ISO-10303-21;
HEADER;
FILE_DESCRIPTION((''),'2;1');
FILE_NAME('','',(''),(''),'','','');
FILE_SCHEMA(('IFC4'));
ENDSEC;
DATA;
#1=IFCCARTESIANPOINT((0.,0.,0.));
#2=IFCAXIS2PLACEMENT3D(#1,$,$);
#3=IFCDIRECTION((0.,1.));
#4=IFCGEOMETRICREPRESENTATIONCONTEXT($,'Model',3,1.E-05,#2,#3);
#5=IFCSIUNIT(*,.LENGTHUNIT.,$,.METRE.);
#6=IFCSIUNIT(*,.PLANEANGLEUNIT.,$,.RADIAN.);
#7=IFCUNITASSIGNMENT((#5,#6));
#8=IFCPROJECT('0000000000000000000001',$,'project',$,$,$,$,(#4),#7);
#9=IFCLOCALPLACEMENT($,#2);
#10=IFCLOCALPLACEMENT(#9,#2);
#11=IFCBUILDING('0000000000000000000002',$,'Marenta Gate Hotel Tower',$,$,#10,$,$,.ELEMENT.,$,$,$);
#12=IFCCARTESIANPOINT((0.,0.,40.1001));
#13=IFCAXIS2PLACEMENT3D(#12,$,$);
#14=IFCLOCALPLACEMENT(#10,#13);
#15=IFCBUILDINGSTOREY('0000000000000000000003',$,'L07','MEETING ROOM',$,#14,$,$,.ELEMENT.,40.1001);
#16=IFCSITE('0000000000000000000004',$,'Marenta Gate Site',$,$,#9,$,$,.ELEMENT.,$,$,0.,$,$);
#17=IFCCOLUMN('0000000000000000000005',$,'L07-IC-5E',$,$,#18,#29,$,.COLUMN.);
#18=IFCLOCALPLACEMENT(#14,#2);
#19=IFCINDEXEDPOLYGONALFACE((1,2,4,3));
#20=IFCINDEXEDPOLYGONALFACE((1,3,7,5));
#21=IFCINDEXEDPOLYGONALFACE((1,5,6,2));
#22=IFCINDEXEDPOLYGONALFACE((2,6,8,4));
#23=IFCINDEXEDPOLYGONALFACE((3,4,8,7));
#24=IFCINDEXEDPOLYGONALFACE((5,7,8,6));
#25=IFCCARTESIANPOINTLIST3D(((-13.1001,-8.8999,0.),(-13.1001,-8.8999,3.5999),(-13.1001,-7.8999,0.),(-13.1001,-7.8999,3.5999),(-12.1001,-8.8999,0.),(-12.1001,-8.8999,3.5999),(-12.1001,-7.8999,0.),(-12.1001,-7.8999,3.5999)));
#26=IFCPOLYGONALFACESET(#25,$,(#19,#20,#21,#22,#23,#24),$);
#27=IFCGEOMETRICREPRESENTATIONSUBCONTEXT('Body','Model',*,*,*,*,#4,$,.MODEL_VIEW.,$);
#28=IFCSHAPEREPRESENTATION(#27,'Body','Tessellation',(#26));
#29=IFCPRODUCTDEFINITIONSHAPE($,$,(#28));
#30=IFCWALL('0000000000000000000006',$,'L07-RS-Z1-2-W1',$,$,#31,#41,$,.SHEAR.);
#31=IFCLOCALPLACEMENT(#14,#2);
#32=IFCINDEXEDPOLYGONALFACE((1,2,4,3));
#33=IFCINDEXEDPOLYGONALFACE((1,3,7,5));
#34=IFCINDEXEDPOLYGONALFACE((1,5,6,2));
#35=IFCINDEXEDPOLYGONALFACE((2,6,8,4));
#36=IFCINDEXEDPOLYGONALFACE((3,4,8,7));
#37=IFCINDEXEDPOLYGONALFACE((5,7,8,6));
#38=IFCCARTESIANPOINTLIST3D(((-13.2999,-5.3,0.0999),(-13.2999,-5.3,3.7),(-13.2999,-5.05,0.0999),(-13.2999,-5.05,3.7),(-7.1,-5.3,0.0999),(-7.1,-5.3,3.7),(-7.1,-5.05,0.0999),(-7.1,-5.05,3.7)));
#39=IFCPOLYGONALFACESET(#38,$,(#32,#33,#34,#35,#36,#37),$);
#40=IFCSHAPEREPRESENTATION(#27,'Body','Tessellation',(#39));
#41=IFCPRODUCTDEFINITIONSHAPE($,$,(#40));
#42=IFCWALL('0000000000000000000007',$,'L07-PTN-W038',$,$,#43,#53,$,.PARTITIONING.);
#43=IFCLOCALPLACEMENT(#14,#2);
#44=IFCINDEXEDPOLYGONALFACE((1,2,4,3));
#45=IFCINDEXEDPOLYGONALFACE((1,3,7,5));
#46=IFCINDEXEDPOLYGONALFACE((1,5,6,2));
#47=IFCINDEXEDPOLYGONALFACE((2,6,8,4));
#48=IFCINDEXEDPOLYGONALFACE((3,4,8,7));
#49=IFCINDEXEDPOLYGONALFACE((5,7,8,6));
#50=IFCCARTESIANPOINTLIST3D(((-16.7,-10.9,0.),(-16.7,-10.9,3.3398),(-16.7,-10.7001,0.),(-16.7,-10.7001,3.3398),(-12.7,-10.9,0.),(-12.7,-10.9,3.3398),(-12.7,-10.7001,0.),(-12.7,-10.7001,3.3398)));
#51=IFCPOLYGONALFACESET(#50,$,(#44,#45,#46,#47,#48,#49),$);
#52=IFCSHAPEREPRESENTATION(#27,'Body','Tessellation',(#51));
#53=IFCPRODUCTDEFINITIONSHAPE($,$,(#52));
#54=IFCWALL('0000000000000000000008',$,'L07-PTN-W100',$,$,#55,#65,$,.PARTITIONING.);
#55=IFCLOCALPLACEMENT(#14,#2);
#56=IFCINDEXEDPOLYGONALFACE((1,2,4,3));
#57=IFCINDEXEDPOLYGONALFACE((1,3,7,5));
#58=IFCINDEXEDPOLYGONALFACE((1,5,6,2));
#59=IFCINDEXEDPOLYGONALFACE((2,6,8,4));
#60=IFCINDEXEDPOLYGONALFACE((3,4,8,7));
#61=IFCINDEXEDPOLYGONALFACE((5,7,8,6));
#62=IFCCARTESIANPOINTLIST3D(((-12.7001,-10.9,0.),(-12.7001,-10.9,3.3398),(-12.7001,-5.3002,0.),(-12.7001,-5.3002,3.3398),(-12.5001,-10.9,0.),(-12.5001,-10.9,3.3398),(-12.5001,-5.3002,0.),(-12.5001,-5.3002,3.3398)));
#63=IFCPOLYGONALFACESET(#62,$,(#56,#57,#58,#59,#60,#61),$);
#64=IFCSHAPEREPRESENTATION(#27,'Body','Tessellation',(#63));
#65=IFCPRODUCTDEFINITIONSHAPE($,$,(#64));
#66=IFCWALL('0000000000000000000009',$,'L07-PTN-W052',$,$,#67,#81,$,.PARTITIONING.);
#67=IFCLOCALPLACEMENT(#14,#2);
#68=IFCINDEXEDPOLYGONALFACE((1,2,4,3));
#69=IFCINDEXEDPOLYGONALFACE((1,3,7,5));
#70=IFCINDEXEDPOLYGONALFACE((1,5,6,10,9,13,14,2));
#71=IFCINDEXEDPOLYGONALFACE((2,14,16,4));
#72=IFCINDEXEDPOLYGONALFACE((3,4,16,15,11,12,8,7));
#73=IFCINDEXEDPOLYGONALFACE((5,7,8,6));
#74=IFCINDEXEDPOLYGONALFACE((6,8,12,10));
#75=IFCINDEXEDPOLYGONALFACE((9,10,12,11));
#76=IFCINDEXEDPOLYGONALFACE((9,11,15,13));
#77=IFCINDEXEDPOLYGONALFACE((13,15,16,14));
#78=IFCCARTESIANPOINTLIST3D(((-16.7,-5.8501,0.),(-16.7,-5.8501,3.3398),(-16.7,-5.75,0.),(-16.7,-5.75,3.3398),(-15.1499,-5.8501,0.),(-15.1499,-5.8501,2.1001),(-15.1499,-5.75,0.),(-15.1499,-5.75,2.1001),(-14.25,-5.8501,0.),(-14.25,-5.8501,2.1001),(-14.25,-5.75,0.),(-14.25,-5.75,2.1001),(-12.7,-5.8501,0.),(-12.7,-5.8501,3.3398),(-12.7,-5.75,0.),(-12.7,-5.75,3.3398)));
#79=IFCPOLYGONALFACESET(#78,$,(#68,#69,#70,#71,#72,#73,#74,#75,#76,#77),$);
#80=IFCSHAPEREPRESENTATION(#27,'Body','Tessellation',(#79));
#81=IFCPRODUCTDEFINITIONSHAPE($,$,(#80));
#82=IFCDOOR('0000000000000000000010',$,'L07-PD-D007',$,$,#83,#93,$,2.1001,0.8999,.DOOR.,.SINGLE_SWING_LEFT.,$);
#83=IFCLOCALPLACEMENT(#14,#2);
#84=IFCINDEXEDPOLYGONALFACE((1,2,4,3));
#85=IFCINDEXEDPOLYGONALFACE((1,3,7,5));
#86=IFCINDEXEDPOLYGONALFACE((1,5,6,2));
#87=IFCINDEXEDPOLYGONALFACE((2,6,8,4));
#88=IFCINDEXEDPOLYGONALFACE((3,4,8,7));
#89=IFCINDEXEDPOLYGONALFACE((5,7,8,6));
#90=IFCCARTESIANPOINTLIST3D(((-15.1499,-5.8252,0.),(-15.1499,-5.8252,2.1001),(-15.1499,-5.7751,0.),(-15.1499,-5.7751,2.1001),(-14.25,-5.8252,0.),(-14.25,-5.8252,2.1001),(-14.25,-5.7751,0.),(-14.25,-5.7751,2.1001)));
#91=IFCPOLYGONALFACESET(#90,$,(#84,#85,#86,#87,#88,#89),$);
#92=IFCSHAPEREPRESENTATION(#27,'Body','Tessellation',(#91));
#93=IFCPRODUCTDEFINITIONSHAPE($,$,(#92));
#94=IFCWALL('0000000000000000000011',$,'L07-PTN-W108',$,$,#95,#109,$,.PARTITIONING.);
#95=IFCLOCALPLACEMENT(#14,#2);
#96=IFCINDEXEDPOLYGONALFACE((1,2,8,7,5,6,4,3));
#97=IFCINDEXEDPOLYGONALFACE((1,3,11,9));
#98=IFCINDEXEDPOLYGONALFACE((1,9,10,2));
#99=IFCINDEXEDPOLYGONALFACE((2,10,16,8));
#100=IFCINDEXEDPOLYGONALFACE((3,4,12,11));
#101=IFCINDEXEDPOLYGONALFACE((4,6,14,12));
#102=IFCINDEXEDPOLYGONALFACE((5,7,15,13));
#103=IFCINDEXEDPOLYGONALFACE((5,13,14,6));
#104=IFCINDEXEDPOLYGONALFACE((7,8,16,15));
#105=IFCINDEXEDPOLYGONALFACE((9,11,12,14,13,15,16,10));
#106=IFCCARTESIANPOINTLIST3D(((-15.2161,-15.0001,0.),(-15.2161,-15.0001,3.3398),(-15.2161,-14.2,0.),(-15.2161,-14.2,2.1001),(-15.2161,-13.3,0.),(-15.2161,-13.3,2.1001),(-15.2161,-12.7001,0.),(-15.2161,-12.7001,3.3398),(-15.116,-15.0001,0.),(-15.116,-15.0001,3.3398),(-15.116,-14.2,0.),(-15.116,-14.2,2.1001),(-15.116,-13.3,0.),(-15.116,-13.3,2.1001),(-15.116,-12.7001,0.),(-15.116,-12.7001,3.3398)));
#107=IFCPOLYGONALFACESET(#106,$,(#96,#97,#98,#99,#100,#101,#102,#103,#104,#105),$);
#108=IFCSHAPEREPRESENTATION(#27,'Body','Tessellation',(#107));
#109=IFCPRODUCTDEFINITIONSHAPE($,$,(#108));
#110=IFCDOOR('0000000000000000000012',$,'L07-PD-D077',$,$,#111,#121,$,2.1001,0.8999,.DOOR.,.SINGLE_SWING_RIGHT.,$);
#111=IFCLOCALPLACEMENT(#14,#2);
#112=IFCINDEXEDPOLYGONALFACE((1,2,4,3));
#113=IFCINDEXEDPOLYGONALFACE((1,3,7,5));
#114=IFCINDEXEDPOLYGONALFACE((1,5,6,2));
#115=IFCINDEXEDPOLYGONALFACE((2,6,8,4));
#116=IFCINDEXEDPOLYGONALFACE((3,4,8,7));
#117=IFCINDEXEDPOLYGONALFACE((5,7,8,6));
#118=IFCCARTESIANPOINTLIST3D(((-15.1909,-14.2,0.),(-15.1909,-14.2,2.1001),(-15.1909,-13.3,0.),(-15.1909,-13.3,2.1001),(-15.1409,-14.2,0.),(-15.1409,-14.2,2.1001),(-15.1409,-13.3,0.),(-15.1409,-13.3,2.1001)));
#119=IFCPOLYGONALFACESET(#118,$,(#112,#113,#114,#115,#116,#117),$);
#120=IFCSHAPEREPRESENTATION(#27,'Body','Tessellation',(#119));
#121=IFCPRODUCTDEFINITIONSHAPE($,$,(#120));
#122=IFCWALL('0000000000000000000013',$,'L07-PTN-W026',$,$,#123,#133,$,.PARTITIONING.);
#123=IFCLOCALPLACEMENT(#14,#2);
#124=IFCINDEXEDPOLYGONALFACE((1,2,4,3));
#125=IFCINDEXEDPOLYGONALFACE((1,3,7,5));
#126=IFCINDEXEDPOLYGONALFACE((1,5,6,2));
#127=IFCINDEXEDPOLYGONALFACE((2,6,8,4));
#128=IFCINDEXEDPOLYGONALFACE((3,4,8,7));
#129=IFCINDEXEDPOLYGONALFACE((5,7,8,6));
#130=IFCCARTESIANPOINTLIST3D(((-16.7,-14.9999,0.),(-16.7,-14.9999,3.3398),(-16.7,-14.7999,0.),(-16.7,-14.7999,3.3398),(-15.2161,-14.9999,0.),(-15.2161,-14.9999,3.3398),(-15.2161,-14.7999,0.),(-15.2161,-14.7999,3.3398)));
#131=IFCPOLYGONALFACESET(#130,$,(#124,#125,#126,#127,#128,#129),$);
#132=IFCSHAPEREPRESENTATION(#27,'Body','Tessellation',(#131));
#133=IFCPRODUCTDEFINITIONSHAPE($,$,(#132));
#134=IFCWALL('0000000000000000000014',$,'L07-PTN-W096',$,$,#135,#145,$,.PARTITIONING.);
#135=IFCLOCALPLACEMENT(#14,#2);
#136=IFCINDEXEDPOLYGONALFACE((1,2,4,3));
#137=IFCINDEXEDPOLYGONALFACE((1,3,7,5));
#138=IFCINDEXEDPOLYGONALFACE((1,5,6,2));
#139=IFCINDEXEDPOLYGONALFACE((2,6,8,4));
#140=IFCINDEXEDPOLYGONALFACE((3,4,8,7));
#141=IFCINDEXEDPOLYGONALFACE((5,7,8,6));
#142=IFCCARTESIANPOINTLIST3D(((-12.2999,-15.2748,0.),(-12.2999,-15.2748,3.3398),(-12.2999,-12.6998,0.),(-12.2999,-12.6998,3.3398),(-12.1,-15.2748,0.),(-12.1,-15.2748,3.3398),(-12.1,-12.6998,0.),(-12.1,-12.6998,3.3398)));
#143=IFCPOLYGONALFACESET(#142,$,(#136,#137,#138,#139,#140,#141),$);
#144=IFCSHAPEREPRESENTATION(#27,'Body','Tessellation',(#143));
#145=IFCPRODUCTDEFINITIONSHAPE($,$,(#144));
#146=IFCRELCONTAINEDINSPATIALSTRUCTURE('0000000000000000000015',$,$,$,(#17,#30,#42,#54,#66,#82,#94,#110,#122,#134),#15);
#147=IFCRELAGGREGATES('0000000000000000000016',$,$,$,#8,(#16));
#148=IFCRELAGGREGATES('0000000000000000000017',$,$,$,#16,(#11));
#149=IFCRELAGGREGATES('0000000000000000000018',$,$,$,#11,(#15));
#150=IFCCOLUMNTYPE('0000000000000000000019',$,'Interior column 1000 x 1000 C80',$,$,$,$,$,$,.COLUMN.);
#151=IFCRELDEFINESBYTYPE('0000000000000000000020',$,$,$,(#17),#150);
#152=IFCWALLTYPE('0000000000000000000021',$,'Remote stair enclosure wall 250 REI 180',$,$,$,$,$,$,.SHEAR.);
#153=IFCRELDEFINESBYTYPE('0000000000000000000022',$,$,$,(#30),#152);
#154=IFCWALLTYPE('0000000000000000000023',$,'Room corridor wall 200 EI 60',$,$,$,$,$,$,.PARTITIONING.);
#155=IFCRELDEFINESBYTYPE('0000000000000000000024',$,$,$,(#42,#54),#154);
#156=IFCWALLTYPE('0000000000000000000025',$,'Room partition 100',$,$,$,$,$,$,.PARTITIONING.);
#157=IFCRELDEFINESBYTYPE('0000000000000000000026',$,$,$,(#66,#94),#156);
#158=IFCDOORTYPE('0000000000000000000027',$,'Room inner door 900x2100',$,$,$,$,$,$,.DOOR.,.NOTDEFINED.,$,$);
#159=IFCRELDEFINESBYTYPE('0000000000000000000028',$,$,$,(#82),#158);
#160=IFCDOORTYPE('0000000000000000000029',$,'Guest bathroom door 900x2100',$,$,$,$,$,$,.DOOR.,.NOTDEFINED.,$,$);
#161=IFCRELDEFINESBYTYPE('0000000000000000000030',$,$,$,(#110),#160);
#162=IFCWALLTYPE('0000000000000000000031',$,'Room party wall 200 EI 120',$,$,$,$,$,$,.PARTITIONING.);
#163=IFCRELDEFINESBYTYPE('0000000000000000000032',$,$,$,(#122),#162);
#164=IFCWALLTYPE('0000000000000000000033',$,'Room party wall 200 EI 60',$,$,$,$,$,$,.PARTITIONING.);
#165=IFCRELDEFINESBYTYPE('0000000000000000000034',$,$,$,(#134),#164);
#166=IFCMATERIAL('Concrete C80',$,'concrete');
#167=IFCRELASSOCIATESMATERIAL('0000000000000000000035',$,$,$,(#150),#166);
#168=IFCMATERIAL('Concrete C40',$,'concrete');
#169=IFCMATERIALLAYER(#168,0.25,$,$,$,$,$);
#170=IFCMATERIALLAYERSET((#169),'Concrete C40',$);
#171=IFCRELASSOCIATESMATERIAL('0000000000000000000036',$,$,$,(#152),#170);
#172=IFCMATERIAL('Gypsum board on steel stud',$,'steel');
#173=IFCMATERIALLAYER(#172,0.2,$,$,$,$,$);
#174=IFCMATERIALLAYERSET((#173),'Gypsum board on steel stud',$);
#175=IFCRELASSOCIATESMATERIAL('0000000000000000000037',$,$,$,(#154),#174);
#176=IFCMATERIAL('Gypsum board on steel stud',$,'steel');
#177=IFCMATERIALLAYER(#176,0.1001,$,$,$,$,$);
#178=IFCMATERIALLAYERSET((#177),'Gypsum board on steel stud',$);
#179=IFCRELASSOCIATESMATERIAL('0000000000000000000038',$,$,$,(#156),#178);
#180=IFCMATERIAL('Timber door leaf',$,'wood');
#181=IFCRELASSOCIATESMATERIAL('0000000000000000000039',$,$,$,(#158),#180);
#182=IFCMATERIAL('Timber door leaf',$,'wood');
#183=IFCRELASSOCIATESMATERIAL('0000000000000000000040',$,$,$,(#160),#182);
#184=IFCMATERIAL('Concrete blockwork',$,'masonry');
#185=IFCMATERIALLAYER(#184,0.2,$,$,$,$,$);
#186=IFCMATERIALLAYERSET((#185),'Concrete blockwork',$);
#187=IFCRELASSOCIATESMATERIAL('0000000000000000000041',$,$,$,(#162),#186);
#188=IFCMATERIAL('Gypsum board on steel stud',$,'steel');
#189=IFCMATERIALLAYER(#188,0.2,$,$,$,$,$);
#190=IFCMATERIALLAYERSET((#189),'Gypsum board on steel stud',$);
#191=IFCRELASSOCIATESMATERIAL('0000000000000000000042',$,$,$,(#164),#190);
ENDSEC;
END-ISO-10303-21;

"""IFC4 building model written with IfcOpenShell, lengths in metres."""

from ifc_helpers import new_model, si_unit, direction, frame, frame_2d, origin, origin_2d, place, context, subcontext, project, spatial, rectangle, extrude, material, layer, layer_set, material_profile, profile_set, type_object, element, fill, save


model = new_model("IFC4")

# Units and contexts
model_context = context("Model", 3, precision=1e-05, world=origin(), true_north=direction((0.0, 1.0)))
body_context = subcontext(model_context, "Body", "Model", "MODEL_VIEW")
ifc_project = project(units=[si_unit("LENGTHUNIT", "METRE"), si_unit("PLANEANGLEUNIT", "RADIAN")], contexts=[model_context])

# Site, building, storey
site_placement = place(None, origin())
site = spatial("IfcSite", under=ifc_project, at=site_placement, Name="Marenta Gate Site", CompositionType="ELEMENT", RefElevation=0.0)
building_placement = place(site_placement, origin())
building = spatial("IfcBuilding", under=site, at=building_placement, Name="Marenta Gate Hotel Tower", CompositionType="ELEMENT")
storey_placement = place(building_placement, frame((0.0, 0.0, 40.1001)))
storey = spatial("IfcBuildingStorey", under=building, at=storey_placement, Name="L07", Description="MEETING ROOM", CompositionType="ELEMENT", Elevation=40.1001)

# Column
ifc_material_1 = material(Name="Concrete C80", Category="concrete")
ifc_material_profile = material_profile(ifc_material_1, rectangle(XDim=1.0, YDim=1.0, at=origin_2d()), Name="1000 x 1000")
ifc_profile_set = profile_set([ifc_material_profile], Name="Concrete C80")
column_type = type_object("IfcColumnType", Name="Interior column 1000 x 1000 C80", PredefinedType="COLUMN", material=ifc_profile_set)
column_placement = place(storey_placement, frame((-12.6001, -8.3999, 0.0), z_axis=(0.0, 0.0, 1.0), x_axis=(1.0, 0.0, 0.0)))
element("IfcColumn", 1, at=column_placement, inside=storey, type_object=column_type, Name="L07-IC-5E", PredefinedType="COLUMN", context=body_context, shape_type="SweptSolid", body=[
    extrude(rectangle(XDim=1.0, YDim=1.0, at=origin_2d()), origin(), (0.0, 0.0, 1.0), 3.5999),
])

# Wall
ifc_material_2 = material(Name="Concrete C40", Category="concrete")
ifc_layer_1 = layer(ifc_material_2, 0.25)
ifc_layer_set_1 = layer_set([ifc_layer_1], Name="Concrete C40")
wall_type_1 = type_object("IfcWallType", Name="Remote stair enclosure wall 250 REI 180", PredefinedType="SHEAR", material=ifc_layer_set_1)
wall_1_placement = place(storey_placement, frame((-13.3, -5.175, 0.0999), z_axis=(0.0, 0.0, 1.0), x_axis=(1.0, 0.0, 0.0)))
element("IfcWall", 2, at=wall_1_placement, inside=storey, type_object=wall_type_1, Name="L07-RS-Z1-2-W1", PredefinedType="SHEAR", context=body_context, shape_type="SweptSolid", body=[
    extrude(rectangle(XDim=6.2, YDim=0.25, at=frame_2d((3.1001, 0.0))), origin(), (0.0, 0.0, 1.0), 3.6001),
])

# Shared definitions
ifc_material_3 = material(Name="Gypsum board on steel stud", Category="steel")
ifc_layer_2 = layer(ifc_material_3, 0.2)
ifc_layer_set_2 = layer_set([ifc_layer_2], Name="Gypsum board on steel stud")
wall_type_2 = type_object("IfcWallType", Name="Room corridor wall 200 EI 60", PredefinedType="PARTITIONING", material=ifc_layer_set_2)

# Walls
wall_2_placement = place(storey_placement, frame((-16.7, -10.8, 0.0), z_axis=(0.0, 0.0, 1.0), x_axis=(1.0, 0.0, 0.0)))
element("IfcWall", 3, at=wall_2_placement, inside=storey, type_object=wall_type_2, Name="L07-PTN-W038", PredefinedType="PARTITIONING", context=body_context, shape_type="SweptSolid", body=[
    extrude(rectangle(XDim=4.0, YDim=0.2, at=frame_2d((2.0, 0.0))), origin(), (0.0, 0.0, 1.0), 3.3398),
])
wall_3_placement = place(storey_placement, frame((-12.6001, -10.8999, 0.0), z_axis=(0.0, 0.0, 1.0), x_axis=(0.0, 1.0, 0.0)))
element("IfcWall", 4, at=wall_3_placement, inside=storey, type_object=wall_type_2, Name="L07-PTN-W100", PredefinedType="PARTITIONING", context=body_context, shape_type="SweptSolid", body=[
    extrude(rectangle(XDim=5.5999, YDim=0.2, at=frame_2d((2.7998, 0.0))), origin(), (0.0, 0.0, 1.0), 3.3398),
])

# Walls, openings, doors
ifc_material_4 = material(Name="Gypsum board on steel stud", Category="steel")
ifc_layer_3 = layer(ifc_material_4, 0.1001)
ifc_layer_set_3 = layer_set([ifc_layer_3], Name="Gypsum board on steel stud")
wall_type_3 = type_object("IfcWallType", Name="Room partition 100", PredefinedType="PARTITIONING", material=ifc_layer_set_3)
wall_4_placement = place(storey_placement, frame((-16.7, -5.8, 0.0), z_axis=(0.0, 0.0, 1.0), x_axis=(1.0, 0.0, 0.0)))
wall_4 = element("IfcWall", 5, at=wall_4_placement, inside=storey, type_object=wall_type_3, Name="L07-PTN-W052", PredefinedType="PARTITIONING", context=body_context, shape_type="SweptSolid", body=[
    extrude(rectangle(XDim=4.0, YDim=0.1001, at=frame_2d((2.0, 0.0))), origin(), (0.0, 0.0, 1.0), 3.3398),
])
opening_1_placement = place(wall_4_placement, frame((1.55, 0.0, 0.0)))
opening_1 = element("IfcOpeningElement", 6, at=opening_1_placement, cuts=wall_4, PredefinedType="OPENING", context=body_context, shape_type="SweptSolid", body=[
    extrude(rectangle(XDim=0.8999, YDim=2.1001, at=frame_2d((0.45, 1.05))), frame((0.0, 0.05, 0.0), z_axis=(0.0, -1.0, 0.0), x_axis=(1.0, 0.0, 0.0)), (0.0, 0.0, 1.0), 0.1001),
])
ifc_material_5 = material(Name="Timber door leaf", Category="wood")
door_type_1 = type_object("IfcDoorType", Name="Room inner door 900x2100", OperationType="NOTDEFINED", PredefinedType="DOOR", material=ifc_material_5)
door_1_placement = place(opening_1_placement, origin())
door_1 = element("IfcDoor", 7, at=door_1_placement, inside=storey, type_object=door_type_1, Name="L07-PD-D007", OperationType="SINGLE_SWING_LEFT", OverallHeight=2.1001, OverallWidth=0.8999, PredefinedType="DOOR", context=body_context, shape_type="SweptSolid", body=[
    extrude(rectangle(XDim=0.8999, YDim=2.1001, at=frame_2d((0.45, 1.05))), frame((0.0, 0.0249, 0.0), z_axis=(0.0, -1.0, 0.0), x_axis=(1.0, 0.0, 0.0)), (0.0, 0.0, 1.0), 0.05),
])
fill(opening_1, door_1)
wall_5_placement = place(storey_placement, frame((-15.166, -15.0, 0.0), z_axis=(0.0, 0.0, 1.0), x_axis=(0.0, 1.0, 0.0)))
wall_5 = element("IfcWall", 8, at=wall_5_placement, inside=storey, type_object=wall_type_3, Name="L07-PTN-W108", PredefinedType="PARTITIONING", context=body_context, shape_type="SweptSolid", body=[
    extrude(rectangle(XDim=2.3, YDim=0.1001, at=frame_2d((1.1499, 0.0))), origin(), (0.0, 0.0, 1.0), 3.3398),
])
opening_2_placement = place(wall_5_placement, frame((0.8, 0.0, 0.0)))
opening_2 = element("IfcOpeningElement", 9, at=opening_2_placement, cuts=wall_5, PredefinedType="OPENING", context=body_context, shape_type="SweptSolid", body=[
    extrude(rectangle(XDim=0.8999, YDim=2.1001, at=frame_2d((0.45, 1.05))), frame((0.0, 0.05, 0.0), z_axis=(0.0, -1.0, 0.0), x_axis=(1.0, 0.0, 0.0)), (0.0, 0.0, 1.0), 0.1001),
])
ifc_material_6 = material(Name="Timber door leaf", Category="wood")
door_type_2 = type_object("IfcDoorType", Name="Guest bathroom door 900x2100", OperationType="NOTDEFINED", PredefinedType="DOOR", material=ifc_material_6)
door_2_placement = place(opening_2_placement, origin())
door_2 = element("IfcDoor", 10, at=door_2_placement, inside=storey, type_object=door_type_2, Name="L07-PD-D077", OperationType="SINGLE_SWING_RIGHT", OverallHeight=2.1001, OverallWidth=0.8999, PredefinedType="DOOR", context=body_context, shape_type="SweptSolid", body=[
    extrude(rectangle(XDim=0.8999, YDim=2.1001, at=frame_2d((0.45, 1.05))), frame((0.0, 0.0249, 0.0), z_axis=(0.0, -1.0, 0.0), x_axis=(1.0, 0.0, 0.0)), (0.0, 0.0, 1.0), 0.05),
])
fill(opening_2, door_2)

# Walls
ifc_material_7 = material(Name="Concrete blockwork", Category="masonry")
ifc_layer_4 = layer(ifc_material_7, 0.2)
ifc_layer_set_4 = layer_set([ifc_layer_4], Name="Concrete blockwork")
wall_type_4 = type_object("IfcWallType", Name="Room party wall 200 EI 120", PredefinedType="PARTITIONING", material=ifc_layer_set_4)
wall_6_placement = place(storey_placement, frame((-16.7, -14.8999, 0.0), z_axis=(0.0, 0.0, 1.0), x_axis=(1.0, 0.0, 0.0)))
element("IfcWall", 11, at=wall_6_placement, inside=storey, type_object=wall_type_4, Name="L07-PTN-W026", PredefinedType="PARTITIONING", context=body_context, shape_type="SweptSolid", body=[
    extrude(rectangle(XDim=1.4839, YDim=0.2, at=frame_2d((0.7419, 0.0))), origin(), (0.0, 0.0, 1.0), 3.3398),
])
ifc_material_8 = material(Name="Gypsum board on steel stud", Category="steel")
ifc_layer_5 = layer(ifc_material_8, 0.2)
ifc_layer_set_5 = layer_set([ifc_layer_5], Name="Gypsum board on steel stud")
wall_type_5 = type_object("IfcWallType", Name="Room party wall 200 EI 60", PredefinedType="PARTITIONING", material=ifc_layer_set_5)
wall_7_placement = place(storey_placement, frame((-12.2, -15.2749, 0.0), z_axis=(0.0, 0.0, 1.0), x_axis=(0.0, 1.0, 0.0)))
element("IfcWall", 12, at=wall_7_placement, inside=storey, type_object=wall_type_5, Name="L07-PTN-W096", PredefinedType="PARTITIONING", context=body_context, shape_type="SweptSolid", body=[
    extrude(rectangle(XDim=2.575, YDim=0.2, at=frame_2d((1.2876, 0.0))), origin(), (0.0, 0.0, 1.0), 3.3398),
])

save(model, "model.ifc")
